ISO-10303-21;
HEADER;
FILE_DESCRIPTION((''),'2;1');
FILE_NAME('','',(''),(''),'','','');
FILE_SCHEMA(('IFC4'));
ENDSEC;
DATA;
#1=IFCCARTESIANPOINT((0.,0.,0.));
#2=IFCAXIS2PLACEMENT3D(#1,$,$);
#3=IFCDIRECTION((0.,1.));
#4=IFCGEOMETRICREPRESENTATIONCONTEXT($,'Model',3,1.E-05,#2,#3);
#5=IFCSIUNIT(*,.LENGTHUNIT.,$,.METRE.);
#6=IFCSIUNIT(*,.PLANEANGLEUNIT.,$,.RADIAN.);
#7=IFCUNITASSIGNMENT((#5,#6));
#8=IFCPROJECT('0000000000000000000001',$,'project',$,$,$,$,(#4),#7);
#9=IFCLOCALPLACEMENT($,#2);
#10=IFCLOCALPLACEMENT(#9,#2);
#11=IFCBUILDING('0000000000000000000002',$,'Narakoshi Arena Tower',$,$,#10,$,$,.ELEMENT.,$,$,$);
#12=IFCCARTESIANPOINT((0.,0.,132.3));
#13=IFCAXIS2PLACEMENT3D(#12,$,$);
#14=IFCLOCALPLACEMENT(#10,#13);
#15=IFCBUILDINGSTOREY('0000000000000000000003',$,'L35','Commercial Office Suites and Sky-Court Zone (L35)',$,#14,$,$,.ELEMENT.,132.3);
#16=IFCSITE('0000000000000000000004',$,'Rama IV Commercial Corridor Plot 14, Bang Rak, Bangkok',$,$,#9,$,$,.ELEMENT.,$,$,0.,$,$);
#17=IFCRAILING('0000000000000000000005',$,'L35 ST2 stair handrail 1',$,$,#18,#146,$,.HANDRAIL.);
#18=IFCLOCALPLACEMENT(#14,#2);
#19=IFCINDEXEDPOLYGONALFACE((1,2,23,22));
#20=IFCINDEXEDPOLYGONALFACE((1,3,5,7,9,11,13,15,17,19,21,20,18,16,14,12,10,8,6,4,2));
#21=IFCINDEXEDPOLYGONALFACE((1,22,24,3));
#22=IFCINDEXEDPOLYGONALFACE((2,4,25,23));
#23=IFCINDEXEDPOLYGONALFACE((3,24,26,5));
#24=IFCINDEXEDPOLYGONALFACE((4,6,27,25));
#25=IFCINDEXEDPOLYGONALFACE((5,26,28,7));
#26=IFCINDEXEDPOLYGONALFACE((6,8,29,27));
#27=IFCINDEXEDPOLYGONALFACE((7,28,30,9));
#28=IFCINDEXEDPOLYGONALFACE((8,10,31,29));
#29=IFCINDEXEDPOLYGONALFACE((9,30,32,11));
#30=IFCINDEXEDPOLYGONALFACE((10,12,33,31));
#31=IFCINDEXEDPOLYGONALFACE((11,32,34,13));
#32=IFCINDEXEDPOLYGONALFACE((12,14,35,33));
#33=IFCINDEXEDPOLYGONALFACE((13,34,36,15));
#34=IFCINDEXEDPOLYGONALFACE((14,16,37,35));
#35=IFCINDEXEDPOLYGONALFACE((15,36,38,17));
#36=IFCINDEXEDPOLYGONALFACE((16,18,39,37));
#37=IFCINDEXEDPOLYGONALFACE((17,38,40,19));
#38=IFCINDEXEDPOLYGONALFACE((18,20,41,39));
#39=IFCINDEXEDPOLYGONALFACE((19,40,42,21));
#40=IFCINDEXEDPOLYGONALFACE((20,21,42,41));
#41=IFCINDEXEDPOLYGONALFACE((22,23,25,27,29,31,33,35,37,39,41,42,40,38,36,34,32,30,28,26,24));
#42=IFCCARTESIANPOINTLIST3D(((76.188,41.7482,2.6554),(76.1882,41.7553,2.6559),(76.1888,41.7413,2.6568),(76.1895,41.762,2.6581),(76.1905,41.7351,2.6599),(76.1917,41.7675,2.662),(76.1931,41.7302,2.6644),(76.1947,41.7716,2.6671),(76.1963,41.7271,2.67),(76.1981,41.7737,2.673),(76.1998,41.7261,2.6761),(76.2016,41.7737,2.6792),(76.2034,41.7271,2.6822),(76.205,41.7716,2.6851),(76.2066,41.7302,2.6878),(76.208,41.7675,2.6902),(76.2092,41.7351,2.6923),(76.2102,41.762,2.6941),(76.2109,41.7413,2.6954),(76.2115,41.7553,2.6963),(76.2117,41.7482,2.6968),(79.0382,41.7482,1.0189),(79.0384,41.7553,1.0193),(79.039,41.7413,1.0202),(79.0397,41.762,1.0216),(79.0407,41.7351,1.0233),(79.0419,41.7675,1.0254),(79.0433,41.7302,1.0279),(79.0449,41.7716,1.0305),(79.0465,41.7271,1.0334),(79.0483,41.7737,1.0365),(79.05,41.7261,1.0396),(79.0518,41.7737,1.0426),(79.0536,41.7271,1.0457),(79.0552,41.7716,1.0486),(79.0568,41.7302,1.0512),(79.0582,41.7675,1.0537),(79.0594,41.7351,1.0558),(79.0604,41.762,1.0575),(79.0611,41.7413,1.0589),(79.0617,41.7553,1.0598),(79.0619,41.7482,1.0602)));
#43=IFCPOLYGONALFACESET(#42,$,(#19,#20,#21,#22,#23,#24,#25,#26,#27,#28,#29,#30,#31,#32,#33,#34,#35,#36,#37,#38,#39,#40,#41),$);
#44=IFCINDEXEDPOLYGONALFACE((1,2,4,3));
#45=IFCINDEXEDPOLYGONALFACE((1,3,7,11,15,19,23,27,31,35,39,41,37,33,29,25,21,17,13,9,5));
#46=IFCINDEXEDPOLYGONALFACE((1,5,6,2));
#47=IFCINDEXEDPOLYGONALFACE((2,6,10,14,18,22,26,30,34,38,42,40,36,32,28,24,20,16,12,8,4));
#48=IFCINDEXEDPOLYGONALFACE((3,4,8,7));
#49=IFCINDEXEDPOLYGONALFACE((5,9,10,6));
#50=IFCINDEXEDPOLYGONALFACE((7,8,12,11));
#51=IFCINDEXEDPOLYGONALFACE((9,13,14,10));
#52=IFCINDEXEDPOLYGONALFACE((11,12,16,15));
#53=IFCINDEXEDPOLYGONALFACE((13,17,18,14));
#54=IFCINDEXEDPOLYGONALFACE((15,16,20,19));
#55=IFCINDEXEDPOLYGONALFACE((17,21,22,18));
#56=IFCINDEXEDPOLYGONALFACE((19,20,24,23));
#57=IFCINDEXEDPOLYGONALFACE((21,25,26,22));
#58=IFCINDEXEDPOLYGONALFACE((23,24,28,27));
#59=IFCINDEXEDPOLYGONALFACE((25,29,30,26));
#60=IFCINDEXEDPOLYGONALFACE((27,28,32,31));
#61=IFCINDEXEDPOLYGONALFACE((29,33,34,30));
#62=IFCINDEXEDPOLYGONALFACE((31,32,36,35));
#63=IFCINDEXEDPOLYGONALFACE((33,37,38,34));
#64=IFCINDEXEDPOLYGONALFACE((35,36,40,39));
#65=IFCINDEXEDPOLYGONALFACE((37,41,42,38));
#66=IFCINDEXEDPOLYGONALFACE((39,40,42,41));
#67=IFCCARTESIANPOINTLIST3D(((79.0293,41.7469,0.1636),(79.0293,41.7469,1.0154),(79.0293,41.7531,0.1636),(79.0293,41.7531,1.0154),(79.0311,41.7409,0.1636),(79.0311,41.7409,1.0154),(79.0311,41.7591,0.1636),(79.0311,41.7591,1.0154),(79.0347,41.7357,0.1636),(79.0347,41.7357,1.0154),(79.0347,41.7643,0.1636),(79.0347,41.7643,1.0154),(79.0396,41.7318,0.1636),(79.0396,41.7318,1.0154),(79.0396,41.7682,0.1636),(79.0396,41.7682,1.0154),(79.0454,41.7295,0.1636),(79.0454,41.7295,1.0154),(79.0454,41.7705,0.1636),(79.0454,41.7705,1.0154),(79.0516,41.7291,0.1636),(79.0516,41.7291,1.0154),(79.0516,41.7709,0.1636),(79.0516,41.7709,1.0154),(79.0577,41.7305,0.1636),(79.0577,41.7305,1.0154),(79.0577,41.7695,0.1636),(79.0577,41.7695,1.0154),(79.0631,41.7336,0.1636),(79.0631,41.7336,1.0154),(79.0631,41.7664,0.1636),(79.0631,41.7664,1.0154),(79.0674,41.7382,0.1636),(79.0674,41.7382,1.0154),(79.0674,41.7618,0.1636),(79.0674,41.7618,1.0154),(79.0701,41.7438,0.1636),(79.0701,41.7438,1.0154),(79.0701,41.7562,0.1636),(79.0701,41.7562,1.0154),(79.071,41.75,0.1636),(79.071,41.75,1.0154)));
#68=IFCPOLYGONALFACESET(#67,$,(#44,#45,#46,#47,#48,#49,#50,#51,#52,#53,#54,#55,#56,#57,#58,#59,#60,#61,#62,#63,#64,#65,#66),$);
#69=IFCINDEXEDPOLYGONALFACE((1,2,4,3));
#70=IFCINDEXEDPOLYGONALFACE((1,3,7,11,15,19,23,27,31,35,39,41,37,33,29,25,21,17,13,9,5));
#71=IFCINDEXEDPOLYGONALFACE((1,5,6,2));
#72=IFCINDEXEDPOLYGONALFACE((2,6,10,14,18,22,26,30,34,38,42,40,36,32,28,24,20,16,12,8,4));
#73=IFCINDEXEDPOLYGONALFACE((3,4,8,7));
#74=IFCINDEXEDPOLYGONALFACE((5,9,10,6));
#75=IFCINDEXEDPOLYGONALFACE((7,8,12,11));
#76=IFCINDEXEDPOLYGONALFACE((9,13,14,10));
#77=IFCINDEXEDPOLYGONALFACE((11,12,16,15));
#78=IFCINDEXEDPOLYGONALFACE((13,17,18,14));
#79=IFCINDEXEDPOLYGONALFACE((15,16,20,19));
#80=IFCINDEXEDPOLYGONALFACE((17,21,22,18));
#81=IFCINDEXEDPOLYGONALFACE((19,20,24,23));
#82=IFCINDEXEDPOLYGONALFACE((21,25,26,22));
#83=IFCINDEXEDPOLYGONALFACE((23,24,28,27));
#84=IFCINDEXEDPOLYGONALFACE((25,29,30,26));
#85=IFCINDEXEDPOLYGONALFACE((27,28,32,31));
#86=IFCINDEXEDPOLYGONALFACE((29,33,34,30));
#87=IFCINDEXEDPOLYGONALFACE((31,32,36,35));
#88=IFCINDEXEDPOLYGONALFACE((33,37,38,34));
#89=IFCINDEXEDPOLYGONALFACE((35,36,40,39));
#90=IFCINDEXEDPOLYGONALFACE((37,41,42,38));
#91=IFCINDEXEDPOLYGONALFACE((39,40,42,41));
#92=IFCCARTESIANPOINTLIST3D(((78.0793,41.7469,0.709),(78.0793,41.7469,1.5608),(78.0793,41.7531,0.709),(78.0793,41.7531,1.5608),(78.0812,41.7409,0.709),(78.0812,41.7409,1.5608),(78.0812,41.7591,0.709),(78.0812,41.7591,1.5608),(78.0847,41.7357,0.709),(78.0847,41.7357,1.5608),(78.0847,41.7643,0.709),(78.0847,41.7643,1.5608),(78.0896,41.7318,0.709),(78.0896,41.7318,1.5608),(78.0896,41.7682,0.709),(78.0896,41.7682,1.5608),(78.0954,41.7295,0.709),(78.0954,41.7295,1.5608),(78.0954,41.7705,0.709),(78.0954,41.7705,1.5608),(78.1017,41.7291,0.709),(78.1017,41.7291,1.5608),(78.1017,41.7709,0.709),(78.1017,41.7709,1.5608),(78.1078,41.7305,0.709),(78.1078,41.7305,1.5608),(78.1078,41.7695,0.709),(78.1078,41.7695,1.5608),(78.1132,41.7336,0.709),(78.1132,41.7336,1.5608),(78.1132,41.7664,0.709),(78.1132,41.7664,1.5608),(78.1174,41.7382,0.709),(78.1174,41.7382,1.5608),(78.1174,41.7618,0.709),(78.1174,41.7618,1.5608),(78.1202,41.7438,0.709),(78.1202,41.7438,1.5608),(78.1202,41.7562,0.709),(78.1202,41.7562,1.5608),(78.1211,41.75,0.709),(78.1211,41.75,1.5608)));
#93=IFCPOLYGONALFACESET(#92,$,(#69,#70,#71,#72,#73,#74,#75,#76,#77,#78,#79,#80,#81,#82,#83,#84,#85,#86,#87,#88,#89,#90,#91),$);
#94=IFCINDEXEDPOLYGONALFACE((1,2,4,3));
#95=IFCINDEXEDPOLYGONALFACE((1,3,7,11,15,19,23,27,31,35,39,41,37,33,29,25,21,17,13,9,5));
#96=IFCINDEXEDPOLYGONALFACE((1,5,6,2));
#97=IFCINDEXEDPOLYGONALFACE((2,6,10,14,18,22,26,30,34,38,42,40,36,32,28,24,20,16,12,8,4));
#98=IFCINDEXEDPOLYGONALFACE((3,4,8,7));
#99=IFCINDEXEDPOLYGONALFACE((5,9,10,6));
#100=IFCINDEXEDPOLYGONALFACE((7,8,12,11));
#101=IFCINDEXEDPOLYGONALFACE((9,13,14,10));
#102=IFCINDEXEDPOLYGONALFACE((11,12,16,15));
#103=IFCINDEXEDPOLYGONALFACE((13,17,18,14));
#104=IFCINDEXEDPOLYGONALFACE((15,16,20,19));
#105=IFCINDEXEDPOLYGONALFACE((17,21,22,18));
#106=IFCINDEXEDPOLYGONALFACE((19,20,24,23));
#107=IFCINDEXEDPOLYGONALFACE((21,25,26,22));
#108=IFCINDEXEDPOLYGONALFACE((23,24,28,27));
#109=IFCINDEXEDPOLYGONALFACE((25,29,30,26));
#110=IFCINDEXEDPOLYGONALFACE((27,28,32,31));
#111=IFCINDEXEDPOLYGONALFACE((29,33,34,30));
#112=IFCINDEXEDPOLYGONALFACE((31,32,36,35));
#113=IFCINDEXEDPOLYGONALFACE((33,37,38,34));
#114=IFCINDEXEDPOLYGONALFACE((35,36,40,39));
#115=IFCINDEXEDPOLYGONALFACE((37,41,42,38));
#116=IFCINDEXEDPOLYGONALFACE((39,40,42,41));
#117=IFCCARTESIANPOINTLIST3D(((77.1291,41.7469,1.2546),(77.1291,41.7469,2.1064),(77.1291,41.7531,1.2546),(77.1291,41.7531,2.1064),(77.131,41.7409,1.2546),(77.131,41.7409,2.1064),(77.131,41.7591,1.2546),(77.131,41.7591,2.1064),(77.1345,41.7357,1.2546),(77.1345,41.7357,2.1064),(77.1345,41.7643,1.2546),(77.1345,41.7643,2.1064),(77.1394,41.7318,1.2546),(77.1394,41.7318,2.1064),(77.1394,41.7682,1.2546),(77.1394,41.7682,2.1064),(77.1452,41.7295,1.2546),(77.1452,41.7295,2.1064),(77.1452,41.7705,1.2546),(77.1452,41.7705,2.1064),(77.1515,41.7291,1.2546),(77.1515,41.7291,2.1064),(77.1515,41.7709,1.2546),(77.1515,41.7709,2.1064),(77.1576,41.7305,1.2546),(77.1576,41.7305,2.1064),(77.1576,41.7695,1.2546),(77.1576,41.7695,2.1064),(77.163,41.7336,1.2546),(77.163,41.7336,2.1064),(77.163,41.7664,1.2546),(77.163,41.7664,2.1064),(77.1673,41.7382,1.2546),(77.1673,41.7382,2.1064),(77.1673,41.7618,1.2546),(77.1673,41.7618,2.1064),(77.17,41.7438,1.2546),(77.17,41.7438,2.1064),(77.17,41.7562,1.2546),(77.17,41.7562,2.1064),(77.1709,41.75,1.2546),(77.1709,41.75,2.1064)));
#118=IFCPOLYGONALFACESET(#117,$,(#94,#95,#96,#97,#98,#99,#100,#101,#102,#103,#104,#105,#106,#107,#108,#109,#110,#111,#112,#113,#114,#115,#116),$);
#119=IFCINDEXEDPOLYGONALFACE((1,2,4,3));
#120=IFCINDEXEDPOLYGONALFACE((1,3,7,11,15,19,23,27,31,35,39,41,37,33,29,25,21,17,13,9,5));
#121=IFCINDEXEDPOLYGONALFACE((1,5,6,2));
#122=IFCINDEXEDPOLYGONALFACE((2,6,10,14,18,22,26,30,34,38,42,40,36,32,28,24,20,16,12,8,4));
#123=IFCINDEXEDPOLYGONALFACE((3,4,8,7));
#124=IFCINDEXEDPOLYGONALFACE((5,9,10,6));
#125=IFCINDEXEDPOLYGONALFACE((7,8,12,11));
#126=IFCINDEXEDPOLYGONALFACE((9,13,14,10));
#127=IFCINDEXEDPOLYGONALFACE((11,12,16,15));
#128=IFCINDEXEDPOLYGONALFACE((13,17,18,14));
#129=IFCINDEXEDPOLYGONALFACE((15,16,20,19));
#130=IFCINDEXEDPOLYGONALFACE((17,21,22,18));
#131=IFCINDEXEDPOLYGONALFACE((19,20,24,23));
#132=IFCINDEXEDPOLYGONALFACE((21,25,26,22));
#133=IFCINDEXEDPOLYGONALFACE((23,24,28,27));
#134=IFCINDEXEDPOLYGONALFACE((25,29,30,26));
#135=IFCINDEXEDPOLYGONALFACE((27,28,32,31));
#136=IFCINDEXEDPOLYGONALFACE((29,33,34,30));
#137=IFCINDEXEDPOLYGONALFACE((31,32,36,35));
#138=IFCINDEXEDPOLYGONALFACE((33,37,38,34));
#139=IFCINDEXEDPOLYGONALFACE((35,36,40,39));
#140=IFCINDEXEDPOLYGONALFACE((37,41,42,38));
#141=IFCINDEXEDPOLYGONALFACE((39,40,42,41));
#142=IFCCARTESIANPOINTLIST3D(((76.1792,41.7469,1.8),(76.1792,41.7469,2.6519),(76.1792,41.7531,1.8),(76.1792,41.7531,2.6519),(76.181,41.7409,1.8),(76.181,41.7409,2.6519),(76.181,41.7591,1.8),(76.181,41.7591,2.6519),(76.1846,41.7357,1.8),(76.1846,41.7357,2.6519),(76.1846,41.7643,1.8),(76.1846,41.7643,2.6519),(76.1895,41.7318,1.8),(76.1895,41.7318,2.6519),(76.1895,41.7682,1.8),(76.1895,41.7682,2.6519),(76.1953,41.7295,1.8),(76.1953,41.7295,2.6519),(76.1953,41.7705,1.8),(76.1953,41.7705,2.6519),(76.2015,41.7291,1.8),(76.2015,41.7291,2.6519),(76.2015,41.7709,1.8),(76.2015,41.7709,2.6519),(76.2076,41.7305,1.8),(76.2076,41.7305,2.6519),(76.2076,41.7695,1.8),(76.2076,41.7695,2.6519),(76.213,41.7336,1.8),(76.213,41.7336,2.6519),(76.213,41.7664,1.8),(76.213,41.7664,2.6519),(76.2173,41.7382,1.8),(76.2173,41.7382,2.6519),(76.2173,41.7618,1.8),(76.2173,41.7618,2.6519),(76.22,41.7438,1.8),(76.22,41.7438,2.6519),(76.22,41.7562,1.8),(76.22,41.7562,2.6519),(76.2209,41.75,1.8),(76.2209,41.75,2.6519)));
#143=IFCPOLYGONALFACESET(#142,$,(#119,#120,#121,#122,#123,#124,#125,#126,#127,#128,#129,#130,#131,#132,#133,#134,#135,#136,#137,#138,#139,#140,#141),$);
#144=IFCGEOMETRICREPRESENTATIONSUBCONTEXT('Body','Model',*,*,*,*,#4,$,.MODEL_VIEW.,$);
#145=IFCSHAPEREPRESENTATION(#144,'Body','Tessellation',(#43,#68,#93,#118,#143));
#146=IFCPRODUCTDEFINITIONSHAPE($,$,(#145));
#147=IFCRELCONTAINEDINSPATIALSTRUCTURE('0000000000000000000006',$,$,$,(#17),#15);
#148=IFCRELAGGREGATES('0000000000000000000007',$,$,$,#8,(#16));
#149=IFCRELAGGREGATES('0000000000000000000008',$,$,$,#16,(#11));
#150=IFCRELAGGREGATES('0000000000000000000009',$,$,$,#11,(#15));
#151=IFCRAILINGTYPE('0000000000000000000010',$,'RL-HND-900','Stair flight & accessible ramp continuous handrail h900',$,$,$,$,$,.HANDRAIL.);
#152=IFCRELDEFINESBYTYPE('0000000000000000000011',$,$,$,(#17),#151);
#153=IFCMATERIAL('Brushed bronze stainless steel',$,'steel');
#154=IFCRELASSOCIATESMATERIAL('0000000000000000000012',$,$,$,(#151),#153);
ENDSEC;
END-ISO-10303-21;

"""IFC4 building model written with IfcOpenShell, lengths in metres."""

from ifc_helpers import new_model, si_unit, direction, frame, origin, origin_2d, place, context, subcontext, project, spatial, circle, extrude, material, type_object, element, save


model = new_model("IFC4")

# Units and contexts
model_context = context("Model", 3, precision=1e-05, world=origin(), true_north=direction((0.0, 1.0)))
body_context = subcontext(model_context, "Body", "Model", "MODEL_VIEW")
ifc_project = project(units=[si_unit("LENGTHUNIT", "METRE"), si_unit("PLANEANGLEUNIT", "RADIAN")], contexts=[model_context])

# Site, building, storey
site_placement = place(None, origin())
site = spatial("IfcSite", under=ifc_project, at=site_placement, Name="Rama IV Commercial Corridor Plot 14, Bang Rak, Bangkok", CompositionType="ELEMENT", RefElevation=0.0)
building_placement = place(site_placement, origin())
building = spatial("IfcBuilding", under=site, at=building_placement, Name="Narakoshi Arena Tower", CompositionType="ELEMENT")
storey_placement = place(building_placement, frame((0.0, 0.0, 132.3)))
storey = spatial("IfcBuildingStorey", under=building, at=storey_placement, Name="L35", Description="Commercial Office Suites and Sky-Court Zone (L35)", CompositionType="ELEMENT", Elevation=132.3)

# Railing
ifc_material_1 = material(Name="Brushed bronze stainless steel", Category="steel")
railing_type_1 = type_object("IfcRailingType", Name="RL-HND-900", Description="Stair flight & accessible ramp continuous handrail h900", PredefinedType="HANDRAIL", material=ifc_material_1)
railing_1_placement = place(storey_placement, frame((79.05, 41.75, 0.1636)))
element("IfcRailing", 1, at=railing_1_placement, inside=storey, type_object=railing_type_1, Name="L35 ST2 stair handrail 1", PredefinedType="HANDRAIL", context=body_context, shape_type="SweptSolid", body=[
    extrude(circle(Radius=0.0239, at=origin_2d()), frame((0.0, 0.0, 0.876), z_axis=(-0.867213, 0.0, 0.497938), x_axis=(0.0, -1.0, 0.0)), (0.0, 0.0, 1.0), 3.2866),
    extrude(circle(Radius=0.021, at=origin_2d()), origin(), (0.0, 0.0, 1.0), 0.8518),
    extrude(circle(Radius=0.021, at=origin_2d()), frame((-0.95, 0.0, 0.5454)), (0.0, 0.0, 1.0), 0.8518),
    extrude(circle(Radius=0.021, at=origin_2d()), frame((-1.9001, 0.0, 1.0911)), (0.0, 0.0, 1.0), 0.8518),
    extrude(circle(Radius=0.021, at=origin_2d()), frame((-2.8501, 0.0, 1.6365)), (0.0, 0.0, 1.0), 0.8518),
])

save(model, "model.ifc")
